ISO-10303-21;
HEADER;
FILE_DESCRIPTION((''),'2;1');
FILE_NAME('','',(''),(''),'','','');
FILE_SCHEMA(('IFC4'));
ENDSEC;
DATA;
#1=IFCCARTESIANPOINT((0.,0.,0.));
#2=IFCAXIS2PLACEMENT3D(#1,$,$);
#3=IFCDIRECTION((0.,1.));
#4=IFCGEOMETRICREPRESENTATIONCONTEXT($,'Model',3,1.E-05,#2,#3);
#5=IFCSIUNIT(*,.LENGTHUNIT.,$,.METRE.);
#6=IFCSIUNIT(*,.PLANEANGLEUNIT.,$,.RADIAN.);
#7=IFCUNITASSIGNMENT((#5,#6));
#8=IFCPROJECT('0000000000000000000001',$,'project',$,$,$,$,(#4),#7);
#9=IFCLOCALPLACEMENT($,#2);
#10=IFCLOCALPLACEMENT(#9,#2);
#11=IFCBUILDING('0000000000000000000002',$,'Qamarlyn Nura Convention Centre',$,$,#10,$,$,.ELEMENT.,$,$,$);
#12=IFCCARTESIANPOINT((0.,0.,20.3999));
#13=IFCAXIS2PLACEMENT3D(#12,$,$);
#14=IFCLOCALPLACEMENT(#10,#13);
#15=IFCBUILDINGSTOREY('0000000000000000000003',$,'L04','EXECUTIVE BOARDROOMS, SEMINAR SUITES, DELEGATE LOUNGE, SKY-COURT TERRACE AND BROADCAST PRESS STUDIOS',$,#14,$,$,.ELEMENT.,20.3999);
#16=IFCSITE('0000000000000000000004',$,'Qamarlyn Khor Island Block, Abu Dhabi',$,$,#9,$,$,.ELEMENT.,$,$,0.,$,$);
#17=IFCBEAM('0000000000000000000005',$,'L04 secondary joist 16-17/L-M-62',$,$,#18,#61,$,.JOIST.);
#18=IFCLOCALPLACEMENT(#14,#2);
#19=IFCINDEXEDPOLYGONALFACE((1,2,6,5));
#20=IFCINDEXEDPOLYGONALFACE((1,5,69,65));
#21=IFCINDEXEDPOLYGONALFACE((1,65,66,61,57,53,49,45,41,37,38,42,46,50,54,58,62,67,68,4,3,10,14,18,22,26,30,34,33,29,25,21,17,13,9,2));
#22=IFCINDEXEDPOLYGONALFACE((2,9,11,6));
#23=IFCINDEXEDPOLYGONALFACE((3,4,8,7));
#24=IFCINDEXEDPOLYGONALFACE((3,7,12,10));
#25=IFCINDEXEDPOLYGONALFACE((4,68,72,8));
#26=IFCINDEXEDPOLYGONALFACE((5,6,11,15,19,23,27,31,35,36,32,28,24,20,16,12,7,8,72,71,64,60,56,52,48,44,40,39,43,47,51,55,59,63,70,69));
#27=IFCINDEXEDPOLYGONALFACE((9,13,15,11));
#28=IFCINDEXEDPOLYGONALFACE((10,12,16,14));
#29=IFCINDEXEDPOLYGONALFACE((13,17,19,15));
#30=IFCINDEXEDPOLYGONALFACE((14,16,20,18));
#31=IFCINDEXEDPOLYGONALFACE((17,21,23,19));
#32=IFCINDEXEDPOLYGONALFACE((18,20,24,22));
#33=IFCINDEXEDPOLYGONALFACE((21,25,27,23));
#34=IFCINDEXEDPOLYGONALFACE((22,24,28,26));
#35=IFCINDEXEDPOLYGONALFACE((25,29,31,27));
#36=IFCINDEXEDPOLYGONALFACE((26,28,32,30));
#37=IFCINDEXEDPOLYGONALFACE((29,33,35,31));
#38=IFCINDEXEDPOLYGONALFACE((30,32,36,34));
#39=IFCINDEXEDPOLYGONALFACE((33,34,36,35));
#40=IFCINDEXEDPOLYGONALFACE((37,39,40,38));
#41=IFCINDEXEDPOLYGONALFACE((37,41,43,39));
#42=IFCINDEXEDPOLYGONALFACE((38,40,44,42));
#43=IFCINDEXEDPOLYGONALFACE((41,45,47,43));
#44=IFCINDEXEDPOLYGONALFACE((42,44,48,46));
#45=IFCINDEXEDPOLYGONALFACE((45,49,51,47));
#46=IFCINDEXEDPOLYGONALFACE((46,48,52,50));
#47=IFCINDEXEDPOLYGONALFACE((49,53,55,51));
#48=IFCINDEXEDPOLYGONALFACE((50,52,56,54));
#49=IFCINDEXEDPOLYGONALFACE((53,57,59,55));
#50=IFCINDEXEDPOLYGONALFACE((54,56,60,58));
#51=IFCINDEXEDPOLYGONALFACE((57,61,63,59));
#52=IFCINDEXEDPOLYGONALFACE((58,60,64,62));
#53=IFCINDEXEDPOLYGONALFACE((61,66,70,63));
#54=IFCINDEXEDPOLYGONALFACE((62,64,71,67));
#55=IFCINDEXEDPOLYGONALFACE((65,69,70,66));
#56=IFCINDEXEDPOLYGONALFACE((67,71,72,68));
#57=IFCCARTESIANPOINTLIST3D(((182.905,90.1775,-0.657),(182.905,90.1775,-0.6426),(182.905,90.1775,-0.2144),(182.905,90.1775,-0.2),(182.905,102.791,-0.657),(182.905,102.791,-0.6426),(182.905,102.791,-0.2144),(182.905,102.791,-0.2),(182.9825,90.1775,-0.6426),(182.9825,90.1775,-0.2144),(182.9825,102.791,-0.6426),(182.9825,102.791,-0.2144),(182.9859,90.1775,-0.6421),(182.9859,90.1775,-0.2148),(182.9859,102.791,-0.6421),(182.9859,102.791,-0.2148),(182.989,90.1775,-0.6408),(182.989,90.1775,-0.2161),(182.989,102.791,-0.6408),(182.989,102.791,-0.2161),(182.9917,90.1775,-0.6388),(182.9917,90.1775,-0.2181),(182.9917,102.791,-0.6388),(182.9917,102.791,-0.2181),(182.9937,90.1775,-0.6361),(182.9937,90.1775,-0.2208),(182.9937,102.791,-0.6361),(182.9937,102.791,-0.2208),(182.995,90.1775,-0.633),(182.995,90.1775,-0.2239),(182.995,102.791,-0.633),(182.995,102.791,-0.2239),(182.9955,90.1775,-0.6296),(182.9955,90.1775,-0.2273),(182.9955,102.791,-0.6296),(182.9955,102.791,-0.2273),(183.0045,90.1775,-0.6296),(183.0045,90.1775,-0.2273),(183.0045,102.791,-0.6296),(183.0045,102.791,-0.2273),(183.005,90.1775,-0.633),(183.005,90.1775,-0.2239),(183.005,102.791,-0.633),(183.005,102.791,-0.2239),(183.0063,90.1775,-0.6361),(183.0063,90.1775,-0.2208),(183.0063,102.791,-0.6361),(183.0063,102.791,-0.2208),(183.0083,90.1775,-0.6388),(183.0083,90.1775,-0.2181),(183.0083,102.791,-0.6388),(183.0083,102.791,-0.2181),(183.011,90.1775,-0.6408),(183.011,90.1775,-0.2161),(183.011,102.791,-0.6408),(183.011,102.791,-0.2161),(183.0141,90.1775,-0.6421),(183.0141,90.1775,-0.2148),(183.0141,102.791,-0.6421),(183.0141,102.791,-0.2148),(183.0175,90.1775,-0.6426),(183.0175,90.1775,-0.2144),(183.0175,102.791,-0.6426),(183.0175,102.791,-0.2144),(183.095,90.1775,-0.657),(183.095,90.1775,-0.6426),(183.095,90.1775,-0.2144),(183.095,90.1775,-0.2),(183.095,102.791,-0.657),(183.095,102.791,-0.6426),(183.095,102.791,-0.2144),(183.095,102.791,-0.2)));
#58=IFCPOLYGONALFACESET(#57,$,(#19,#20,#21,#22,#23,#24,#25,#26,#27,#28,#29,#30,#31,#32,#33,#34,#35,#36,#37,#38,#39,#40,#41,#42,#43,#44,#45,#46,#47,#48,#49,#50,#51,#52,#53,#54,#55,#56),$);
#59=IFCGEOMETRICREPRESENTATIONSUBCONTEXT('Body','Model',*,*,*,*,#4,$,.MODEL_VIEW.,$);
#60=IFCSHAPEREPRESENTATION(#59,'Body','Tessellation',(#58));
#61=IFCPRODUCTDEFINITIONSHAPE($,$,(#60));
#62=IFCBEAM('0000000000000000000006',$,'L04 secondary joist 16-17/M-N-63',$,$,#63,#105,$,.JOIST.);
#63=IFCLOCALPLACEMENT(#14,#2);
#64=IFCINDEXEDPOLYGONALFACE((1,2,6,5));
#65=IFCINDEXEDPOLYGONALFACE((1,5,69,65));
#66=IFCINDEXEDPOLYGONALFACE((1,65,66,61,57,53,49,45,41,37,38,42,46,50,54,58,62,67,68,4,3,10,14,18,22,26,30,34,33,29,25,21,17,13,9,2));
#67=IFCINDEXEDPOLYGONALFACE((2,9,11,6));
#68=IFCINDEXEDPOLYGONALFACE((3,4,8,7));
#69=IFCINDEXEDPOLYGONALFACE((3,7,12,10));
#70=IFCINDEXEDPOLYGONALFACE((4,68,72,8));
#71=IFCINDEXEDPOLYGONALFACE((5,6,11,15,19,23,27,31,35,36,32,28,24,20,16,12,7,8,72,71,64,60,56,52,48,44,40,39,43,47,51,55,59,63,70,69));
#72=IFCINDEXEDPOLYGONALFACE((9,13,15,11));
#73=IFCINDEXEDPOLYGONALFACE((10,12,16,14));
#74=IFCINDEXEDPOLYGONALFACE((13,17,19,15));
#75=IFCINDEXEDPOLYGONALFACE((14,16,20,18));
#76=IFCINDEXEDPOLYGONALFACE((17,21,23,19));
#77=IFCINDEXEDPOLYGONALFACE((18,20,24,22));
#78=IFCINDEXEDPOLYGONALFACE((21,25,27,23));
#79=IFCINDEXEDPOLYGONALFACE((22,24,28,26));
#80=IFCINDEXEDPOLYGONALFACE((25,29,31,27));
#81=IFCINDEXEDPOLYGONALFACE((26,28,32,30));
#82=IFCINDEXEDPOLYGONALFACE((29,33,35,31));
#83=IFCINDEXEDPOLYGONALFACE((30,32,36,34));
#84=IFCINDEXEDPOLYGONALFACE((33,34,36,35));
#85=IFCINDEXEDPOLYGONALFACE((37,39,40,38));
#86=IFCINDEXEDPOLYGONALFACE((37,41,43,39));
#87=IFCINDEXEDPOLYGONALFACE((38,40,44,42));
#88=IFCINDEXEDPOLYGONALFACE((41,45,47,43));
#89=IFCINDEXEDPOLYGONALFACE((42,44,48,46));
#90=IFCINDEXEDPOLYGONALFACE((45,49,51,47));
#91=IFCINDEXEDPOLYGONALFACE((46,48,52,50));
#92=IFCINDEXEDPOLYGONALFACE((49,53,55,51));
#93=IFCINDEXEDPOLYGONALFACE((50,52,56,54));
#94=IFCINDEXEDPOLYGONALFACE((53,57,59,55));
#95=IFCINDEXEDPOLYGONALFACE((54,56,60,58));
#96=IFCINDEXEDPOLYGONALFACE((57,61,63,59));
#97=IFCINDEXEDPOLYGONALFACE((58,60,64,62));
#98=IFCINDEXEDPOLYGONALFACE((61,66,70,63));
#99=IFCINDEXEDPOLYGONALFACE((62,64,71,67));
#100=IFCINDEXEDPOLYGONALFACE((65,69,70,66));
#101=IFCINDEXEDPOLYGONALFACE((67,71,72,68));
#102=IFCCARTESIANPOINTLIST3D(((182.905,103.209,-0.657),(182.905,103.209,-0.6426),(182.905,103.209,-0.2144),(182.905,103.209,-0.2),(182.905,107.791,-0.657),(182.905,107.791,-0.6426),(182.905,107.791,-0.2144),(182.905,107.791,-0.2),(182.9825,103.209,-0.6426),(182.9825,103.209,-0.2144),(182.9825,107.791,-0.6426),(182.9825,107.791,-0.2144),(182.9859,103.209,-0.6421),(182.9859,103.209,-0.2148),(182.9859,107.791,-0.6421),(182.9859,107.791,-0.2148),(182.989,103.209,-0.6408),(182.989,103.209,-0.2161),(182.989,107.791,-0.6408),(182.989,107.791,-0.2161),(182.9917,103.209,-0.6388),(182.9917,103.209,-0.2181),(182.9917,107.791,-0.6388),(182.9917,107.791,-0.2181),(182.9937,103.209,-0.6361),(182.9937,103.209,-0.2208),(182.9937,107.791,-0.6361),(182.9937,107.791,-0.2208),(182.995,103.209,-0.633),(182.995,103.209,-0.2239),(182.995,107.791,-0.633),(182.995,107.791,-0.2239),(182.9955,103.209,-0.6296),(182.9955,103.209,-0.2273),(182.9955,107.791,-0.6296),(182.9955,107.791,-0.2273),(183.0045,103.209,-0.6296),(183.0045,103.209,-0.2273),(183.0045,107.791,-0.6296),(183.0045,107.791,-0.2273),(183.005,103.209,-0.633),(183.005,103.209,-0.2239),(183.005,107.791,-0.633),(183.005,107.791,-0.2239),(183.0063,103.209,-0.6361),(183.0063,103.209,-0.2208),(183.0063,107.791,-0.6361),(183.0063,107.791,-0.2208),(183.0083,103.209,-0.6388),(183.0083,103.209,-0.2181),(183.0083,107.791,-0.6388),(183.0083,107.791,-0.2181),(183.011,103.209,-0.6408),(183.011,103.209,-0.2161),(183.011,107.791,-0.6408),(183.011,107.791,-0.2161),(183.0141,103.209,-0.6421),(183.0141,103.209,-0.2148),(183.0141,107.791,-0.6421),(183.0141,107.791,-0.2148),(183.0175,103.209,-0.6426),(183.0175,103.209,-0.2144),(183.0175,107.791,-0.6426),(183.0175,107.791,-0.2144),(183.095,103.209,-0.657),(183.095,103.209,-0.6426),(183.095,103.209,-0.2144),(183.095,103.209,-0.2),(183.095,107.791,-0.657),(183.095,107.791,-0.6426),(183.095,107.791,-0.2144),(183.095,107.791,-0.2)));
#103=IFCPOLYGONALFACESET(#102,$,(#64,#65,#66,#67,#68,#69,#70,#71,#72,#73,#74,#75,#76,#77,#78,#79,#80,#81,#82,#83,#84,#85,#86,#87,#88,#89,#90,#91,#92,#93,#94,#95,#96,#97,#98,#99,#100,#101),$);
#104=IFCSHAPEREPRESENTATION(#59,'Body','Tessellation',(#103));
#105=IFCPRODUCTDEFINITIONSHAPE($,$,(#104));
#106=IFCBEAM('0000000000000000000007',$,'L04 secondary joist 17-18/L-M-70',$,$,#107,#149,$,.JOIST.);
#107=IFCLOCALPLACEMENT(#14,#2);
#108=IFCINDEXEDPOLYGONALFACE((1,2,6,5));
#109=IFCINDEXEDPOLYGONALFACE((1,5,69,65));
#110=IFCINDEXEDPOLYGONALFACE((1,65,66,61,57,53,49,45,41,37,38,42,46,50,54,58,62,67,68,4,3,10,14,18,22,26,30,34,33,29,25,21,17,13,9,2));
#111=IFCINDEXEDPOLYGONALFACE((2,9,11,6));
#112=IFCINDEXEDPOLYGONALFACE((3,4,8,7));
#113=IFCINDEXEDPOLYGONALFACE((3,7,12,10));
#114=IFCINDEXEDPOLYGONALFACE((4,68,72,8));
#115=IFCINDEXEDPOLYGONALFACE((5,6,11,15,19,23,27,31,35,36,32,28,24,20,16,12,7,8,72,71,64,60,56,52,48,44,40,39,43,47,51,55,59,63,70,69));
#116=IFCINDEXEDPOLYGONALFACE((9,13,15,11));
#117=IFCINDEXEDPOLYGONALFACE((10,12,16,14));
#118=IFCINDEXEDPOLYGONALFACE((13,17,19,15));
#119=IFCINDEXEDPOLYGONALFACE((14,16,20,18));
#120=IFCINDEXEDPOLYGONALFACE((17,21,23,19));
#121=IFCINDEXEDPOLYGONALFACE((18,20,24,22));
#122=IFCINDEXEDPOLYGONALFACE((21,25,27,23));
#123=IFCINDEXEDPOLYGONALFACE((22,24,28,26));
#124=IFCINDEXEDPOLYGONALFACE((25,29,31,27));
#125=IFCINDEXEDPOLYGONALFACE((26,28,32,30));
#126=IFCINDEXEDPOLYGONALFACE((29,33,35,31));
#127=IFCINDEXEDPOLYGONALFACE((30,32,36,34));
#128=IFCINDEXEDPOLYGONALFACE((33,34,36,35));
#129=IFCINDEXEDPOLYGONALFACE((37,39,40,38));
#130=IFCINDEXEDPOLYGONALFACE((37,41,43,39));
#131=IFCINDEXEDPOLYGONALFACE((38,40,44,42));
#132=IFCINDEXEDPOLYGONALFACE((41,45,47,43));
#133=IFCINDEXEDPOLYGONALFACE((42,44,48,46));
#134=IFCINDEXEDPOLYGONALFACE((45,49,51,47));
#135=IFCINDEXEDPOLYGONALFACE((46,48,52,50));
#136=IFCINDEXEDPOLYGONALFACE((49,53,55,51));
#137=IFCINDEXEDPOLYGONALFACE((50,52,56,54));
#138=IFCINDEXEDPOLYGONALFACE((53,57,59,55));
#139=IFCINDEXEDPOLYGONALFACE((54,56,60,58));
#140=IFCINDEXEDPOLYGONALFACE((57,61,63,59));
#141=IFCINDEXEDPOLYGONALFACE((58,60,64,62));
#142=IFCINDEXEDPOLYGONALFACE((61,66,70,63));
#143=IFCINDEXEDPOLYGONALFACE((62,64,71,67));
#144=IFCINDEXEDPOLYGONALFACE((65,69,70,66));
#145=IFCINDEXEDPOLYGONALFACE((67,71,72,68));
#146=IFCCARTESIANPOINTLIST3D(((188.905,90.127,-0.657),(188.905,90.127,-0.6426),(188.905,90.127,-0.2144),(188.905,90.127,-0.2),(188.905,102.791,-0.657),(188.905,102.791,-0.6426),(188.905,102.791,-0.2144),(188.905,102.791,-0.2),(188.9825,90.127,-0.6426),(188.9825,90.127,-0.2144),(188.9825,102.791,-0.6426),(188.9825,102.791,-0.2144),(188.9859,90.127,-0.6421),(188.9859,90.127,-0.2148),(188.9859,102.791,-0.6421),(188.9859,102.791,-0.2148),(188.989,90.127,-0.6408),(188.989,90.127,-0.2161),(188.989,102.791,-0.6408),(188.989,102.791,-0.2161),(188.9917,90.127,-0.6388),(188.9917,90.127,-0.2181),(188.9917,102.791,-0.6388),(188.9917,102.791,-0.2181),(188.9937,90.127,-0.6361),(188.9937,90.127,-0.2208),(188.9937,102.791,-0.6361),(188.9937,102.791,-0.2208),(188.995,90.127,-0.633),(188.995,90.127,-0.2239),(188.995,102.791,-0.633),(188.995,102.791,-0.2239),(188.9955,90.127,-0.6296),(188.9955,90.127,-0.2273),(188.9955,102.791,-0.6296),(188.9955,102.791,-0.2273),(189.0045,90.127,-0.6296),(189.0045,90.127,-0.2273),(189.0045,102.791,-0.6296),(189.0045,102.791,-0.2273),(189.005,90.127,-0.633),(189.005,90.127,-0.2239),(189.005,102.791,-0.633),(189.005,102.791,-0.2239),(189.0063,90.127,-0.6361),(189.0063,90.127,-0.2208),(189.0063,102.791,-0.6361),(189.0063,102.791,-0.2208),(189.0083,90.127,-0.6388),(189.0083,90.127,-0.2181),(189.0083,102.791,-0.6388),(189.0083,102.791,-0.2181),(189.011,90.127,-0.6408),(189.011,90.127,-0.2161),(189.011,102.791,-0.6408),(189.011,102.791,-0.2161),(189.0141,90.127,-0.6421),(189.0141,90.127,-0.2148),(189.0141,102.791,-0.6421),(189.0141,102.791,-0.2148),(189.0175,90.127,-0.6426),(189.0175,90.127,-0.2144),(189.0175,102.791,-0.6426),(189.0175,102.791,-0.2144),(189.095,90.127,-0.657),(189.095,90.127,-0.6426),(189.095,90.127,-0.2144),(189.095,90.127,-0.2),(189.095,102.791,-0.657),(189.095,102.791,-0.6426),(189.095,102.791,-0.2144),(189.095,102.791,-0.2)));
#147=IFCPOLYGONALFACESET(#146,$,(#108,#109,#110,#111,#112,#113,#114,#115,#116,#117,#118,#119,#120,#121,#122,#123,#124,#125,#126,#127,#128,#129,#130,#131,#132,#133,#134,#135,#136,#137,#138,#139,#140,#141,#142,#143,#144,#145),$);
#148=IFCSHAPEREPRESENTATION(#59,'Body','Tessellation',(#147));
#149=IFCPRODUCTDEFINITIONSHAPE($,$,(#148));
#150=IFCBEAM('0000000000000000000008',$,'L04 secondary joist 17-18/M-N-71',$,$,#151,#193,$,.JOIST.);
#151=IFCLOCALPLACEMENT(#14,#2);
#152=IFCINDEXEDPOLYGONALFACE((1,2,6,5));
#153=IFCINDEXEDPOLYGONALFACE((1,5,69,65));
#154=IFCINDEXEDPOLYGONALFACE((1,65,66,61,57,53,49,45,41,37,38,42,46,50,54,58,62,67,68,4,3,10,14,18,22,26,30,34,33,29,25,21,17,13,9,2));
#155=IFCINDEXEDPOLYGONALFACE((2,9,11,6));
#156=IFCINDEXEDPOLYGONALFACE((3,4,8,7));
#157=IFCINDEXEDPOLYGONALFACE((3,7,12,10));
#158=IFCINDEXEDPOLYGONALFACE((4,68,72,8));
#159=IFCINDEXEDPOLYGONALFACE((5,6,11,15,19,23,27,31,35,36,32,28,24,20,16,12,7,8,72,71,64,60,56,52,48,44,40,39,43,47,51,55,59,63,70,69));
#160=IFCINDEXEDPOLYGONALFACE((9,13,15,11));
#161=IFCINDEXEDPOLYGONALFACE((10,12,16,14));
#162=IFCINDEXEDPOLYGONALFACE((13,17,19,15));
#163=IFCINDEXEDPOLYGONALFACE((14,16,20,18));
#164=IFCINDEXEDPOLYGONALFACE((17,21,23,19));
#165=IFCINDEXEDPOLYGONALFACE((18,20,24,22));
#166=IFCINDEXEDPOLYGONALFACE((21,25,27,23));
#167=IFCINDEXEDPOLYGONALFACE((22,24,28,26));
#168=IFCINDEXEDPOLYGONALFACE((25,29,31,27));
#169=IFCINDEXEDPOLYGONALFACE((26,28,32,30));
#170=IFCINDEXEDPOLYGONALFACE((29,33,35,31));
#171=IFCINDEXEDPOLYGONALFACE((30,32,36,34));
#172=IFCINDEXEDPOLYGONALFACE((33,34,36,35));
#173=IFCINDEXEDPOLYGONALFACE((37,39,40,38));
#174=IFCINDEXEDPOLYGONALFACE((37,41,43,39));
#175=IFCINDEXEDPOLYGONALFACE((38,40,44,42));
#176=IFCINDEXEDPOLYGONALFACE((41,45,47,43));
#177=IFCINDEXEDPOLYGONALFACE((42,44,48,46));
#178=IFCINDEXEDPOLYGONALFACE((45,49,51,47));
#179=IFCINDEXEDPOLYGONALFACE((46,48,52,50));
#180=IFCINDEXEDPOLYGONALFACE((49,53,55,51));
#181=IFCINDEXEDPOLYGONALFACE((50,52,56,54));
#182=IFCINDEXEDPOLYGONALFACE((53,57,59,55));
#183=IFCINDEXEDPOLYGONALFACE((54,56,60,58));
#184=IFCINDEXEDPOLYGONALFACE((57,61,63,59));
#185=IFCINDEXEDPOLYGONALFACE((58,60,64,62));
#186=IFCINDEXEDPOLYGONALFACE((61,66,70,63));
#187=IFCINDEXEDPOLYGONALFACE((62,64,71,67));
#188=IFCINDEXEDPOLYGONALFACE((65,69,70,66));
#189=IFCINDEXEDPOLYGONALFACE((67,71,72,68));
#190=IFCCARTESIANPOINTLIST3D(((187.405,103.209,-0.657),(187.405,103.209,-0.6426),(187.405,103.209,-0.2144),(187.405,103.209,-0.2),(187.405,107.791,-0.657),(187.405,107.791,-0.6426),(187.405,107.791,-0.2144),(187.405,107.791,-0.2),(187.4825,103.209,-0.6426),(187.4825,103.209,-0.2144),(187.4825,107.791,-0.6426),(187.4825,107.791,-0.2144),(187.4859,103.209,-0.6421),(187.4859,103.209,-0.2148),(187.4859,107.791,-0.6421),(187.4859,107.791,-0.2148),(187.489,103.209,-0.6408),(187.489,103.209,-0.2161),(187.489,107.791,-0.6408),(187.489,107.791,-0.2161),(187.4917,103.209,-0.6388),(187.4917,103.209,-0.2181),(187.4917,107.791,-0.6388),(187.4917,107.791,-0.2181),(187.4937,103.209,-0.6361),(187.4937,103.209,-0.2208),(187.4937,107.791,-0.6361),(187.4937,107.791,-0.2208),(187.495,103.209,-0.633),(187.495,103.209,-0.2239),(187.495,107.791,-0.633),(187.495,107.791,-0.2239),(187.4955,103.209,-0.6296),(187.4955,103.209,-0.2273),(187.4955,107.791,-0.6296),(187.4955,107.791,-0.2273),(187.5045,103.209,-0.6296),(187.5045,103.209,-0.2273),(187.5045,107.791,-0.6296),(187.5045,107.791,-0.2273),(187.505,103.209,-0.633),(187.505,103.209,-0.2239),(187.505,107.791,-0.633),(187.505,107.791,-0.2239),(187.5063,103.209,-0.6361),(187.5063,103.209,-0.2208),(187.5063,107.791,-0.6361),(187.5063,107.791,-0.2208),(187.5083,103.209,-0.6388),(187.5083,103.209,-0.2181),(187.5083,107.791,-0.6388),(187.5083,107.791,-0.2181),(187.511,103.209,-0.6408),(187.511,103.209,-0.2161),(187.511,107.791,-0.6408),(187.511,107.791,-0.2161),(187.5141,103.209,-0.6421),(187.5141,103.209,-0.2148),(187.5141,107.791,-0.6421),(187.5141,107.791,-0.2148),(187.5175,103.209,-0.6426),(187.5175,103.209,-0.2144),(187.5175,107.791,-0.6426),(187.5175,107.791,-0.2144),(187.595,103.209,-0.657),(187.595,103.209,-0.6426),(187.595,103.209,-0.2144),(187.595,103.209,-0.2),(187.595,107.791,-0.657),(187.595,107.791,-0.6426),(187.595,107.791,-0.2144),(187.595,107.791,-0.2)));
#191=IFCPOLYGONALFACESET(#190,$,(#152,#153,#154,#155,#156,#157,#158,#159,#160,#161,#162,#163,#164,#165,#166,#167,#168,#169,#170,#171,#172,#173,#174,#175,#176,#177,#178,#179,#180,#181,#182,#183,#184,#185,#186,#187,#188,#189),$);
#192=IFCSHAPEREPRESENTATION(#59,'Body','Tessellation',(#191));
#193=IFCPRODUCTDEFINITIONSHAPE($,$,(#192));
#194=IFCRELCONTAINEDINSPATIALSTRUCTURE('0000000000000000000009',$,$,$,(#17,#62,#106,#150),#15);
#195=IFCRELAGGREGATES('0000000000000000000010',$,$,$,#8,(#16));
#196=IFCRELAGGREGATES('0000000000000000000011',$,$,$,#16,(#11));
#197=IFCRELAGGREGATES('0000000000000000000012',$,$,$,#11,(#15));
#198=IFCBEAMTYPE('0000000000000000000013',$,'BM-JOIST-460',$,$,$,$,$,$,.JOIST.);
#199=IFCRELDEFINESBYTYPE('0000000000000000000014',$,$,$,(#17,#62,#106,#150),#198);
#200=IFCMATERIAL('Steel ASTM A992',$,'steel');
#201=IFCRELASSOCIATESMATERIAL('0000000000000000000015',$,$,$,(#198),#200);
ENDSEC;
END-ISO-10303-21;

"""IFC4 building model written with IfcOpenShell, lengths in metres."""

from ifc_helpers import new_model, si_unit, direction, frame, origin, origin_2d, place, context, subcontext, project, spatial, i_section, extrude, material, material_profile, profile_set, type_object, element, save


model = new_model("IFC4")

# Units and contexts
model_context = context("Model", 3, precision=1e-05, world=origin(), true_north=direction((0.0, 1.0)))
body_context = subcontext(model_context, "Body", "Model", "MODEL_VIEW")
ifc_project = project(units=[si_unit("LENGTHUNIT", "METRE"), si_unit("PLANEANGLEUNIT", "RADIAN")], contexts=[model_context])

# Site, building, storey
site_placement = place(None, origin())
site = spatial("IfcSite", under=ifc_project, at=site_placement, Name="Qamarlyn Khor Island Block, Abu Dhabi", CompositionType="ELEMENT", RefElevation=0.0)
building_placement = place(site_placement, origin())
building = spatial("IfcBuilding", under=site, at=building_placement, Name="Qamarlyn Nura Convention Centre", CompositionType="ELEMENT")
storey_placement = place(building_placement, frame((0.0, 0.0, 20.3999)))
storey = spatial("IfcBuildingStorey", under=building, at=storey_placement, Name="L04", Description="EXECUTIVE BOARDROOMS, SEMINAR SUITES, DELEGATE LOUNGE, SKY-COURT TERRACE AND BROADCAST PRESS STUDIOS", CompositionType="ELEMENT", Elevation=20.3999)

# Shared definitions
ifc_material_1 = material(Name="Steel ASTM A992", Category="steel")

# Beams
ifc_material_profile_1 = material_profile(ifc_material_1, i_section(OverallWidth=0.1899, OverallDepth=0.457, WebThickness=0.009, FlangeThickness=0.0144, FilletRadius=0.0129, at=origin_2d()), Name="W460X74")
ifc_profile_set_1 = profile_set([ifc_material_profile_1], Name="Steel ASTM A992")
beam_type_1 = type_object("IfcBeamType", Name="BM-JOIST-460", PredefinedType="JOIST", material=ifc_profile_set_1)
beam_1_placement = place(storey_placement, frame((183.0, 90.1775, -0.4285), z_axis=(0.0, 1.0, 0.0), x_axis=(-1.0, 0.0, 0.0)))
element("IfcBeam", 1, at=beam_1_placement, inside=storey, type_object=beam_type_1, Name="L04 secondary joist 16-17/L-M-62", PredefinedType="JOIST", context=body_context, shape_type="SweptSolid", body=[
    extrude(i_section(OverallWidth=0.1899, OverallDepth=0.457, WebThickness=0.009, FlangeThickness=0.0144, FilletRadius=0.0129, at=origin_2d()), origin(), (0.0, 0.0, 1.0), 12.6135),
])
beam_2_placement = place(storey_placement, frame((183.0, 103.209, -0.4285), z_axis=(0.0, 1.0, 0.0), x_axis=(-1.0, 0.0, 0.0)))
element("IfcBeam", 2, at=beam_2_placement, inside=storey, type_object=beam_type_1, Name="L04 secondary joist 16-17/M-N-63", PredefinedType="JOIST", context=body_context, shape_type="SweptSolid", body=[
    extrude(i_section(OverallWidth=0.1899, OverallDepth=0.457, WebThickness=0.009, FlangeThickness=0.0144, FilletRadius=0.0129, at=origin_2d()), origin(), (0.0, 0.0, 1.0), 4.582),
])
beam_3_placement = place(storey_placement, frame((189.0, 90.127, -0.4285), z_axis=(0.0, 1.0, 0.0), x_axis=(-1.0, 0.0, 0.0)))
element("IfcBeam", 3, at=beam_3_placement, inside=storey, type_object=beam_type_1, Name="L04 secondary joist 17-18/L-M-70", PredefinedType="JOIST", context=body_context, shape_type="SweptSolid", body=[
    extrude(i_section(OverallWidth=0.1899, OverallDepth=0.457, WebThickness=0.009, FlangeThickness=0.0144, FilletRadius=0.0129, at=origin_2d()), origin(), (0.0, 0.0, 1.0), 12.6641),
])
beam_4_placement = place(storey_placement, frame((187.5, 103.209, -0.4285), z_axis=(0.0, 1.0, 0.0), x_axis=(-1.0, 0.0, 0.0)))
element("IfcBeam", 4, at=beam_4_placement, inside=storey, type_object=beam_type_1, Name="L04 secondary joist 17-18/M-N-71", PredefinedType="JOIST", context=body_context, shape_type="SweptSolid", body=[
    extrude(i_section(OverallWidth=0.1899, OverallDepth=0.457, WebThickness=0.009, FlangeThickness=0.0144, FilletRadius=0.0129, at=origin_2d()), origin(), (0.0, 0.0, 1.0), 4.582),
])

save(model, "model.ifc")
